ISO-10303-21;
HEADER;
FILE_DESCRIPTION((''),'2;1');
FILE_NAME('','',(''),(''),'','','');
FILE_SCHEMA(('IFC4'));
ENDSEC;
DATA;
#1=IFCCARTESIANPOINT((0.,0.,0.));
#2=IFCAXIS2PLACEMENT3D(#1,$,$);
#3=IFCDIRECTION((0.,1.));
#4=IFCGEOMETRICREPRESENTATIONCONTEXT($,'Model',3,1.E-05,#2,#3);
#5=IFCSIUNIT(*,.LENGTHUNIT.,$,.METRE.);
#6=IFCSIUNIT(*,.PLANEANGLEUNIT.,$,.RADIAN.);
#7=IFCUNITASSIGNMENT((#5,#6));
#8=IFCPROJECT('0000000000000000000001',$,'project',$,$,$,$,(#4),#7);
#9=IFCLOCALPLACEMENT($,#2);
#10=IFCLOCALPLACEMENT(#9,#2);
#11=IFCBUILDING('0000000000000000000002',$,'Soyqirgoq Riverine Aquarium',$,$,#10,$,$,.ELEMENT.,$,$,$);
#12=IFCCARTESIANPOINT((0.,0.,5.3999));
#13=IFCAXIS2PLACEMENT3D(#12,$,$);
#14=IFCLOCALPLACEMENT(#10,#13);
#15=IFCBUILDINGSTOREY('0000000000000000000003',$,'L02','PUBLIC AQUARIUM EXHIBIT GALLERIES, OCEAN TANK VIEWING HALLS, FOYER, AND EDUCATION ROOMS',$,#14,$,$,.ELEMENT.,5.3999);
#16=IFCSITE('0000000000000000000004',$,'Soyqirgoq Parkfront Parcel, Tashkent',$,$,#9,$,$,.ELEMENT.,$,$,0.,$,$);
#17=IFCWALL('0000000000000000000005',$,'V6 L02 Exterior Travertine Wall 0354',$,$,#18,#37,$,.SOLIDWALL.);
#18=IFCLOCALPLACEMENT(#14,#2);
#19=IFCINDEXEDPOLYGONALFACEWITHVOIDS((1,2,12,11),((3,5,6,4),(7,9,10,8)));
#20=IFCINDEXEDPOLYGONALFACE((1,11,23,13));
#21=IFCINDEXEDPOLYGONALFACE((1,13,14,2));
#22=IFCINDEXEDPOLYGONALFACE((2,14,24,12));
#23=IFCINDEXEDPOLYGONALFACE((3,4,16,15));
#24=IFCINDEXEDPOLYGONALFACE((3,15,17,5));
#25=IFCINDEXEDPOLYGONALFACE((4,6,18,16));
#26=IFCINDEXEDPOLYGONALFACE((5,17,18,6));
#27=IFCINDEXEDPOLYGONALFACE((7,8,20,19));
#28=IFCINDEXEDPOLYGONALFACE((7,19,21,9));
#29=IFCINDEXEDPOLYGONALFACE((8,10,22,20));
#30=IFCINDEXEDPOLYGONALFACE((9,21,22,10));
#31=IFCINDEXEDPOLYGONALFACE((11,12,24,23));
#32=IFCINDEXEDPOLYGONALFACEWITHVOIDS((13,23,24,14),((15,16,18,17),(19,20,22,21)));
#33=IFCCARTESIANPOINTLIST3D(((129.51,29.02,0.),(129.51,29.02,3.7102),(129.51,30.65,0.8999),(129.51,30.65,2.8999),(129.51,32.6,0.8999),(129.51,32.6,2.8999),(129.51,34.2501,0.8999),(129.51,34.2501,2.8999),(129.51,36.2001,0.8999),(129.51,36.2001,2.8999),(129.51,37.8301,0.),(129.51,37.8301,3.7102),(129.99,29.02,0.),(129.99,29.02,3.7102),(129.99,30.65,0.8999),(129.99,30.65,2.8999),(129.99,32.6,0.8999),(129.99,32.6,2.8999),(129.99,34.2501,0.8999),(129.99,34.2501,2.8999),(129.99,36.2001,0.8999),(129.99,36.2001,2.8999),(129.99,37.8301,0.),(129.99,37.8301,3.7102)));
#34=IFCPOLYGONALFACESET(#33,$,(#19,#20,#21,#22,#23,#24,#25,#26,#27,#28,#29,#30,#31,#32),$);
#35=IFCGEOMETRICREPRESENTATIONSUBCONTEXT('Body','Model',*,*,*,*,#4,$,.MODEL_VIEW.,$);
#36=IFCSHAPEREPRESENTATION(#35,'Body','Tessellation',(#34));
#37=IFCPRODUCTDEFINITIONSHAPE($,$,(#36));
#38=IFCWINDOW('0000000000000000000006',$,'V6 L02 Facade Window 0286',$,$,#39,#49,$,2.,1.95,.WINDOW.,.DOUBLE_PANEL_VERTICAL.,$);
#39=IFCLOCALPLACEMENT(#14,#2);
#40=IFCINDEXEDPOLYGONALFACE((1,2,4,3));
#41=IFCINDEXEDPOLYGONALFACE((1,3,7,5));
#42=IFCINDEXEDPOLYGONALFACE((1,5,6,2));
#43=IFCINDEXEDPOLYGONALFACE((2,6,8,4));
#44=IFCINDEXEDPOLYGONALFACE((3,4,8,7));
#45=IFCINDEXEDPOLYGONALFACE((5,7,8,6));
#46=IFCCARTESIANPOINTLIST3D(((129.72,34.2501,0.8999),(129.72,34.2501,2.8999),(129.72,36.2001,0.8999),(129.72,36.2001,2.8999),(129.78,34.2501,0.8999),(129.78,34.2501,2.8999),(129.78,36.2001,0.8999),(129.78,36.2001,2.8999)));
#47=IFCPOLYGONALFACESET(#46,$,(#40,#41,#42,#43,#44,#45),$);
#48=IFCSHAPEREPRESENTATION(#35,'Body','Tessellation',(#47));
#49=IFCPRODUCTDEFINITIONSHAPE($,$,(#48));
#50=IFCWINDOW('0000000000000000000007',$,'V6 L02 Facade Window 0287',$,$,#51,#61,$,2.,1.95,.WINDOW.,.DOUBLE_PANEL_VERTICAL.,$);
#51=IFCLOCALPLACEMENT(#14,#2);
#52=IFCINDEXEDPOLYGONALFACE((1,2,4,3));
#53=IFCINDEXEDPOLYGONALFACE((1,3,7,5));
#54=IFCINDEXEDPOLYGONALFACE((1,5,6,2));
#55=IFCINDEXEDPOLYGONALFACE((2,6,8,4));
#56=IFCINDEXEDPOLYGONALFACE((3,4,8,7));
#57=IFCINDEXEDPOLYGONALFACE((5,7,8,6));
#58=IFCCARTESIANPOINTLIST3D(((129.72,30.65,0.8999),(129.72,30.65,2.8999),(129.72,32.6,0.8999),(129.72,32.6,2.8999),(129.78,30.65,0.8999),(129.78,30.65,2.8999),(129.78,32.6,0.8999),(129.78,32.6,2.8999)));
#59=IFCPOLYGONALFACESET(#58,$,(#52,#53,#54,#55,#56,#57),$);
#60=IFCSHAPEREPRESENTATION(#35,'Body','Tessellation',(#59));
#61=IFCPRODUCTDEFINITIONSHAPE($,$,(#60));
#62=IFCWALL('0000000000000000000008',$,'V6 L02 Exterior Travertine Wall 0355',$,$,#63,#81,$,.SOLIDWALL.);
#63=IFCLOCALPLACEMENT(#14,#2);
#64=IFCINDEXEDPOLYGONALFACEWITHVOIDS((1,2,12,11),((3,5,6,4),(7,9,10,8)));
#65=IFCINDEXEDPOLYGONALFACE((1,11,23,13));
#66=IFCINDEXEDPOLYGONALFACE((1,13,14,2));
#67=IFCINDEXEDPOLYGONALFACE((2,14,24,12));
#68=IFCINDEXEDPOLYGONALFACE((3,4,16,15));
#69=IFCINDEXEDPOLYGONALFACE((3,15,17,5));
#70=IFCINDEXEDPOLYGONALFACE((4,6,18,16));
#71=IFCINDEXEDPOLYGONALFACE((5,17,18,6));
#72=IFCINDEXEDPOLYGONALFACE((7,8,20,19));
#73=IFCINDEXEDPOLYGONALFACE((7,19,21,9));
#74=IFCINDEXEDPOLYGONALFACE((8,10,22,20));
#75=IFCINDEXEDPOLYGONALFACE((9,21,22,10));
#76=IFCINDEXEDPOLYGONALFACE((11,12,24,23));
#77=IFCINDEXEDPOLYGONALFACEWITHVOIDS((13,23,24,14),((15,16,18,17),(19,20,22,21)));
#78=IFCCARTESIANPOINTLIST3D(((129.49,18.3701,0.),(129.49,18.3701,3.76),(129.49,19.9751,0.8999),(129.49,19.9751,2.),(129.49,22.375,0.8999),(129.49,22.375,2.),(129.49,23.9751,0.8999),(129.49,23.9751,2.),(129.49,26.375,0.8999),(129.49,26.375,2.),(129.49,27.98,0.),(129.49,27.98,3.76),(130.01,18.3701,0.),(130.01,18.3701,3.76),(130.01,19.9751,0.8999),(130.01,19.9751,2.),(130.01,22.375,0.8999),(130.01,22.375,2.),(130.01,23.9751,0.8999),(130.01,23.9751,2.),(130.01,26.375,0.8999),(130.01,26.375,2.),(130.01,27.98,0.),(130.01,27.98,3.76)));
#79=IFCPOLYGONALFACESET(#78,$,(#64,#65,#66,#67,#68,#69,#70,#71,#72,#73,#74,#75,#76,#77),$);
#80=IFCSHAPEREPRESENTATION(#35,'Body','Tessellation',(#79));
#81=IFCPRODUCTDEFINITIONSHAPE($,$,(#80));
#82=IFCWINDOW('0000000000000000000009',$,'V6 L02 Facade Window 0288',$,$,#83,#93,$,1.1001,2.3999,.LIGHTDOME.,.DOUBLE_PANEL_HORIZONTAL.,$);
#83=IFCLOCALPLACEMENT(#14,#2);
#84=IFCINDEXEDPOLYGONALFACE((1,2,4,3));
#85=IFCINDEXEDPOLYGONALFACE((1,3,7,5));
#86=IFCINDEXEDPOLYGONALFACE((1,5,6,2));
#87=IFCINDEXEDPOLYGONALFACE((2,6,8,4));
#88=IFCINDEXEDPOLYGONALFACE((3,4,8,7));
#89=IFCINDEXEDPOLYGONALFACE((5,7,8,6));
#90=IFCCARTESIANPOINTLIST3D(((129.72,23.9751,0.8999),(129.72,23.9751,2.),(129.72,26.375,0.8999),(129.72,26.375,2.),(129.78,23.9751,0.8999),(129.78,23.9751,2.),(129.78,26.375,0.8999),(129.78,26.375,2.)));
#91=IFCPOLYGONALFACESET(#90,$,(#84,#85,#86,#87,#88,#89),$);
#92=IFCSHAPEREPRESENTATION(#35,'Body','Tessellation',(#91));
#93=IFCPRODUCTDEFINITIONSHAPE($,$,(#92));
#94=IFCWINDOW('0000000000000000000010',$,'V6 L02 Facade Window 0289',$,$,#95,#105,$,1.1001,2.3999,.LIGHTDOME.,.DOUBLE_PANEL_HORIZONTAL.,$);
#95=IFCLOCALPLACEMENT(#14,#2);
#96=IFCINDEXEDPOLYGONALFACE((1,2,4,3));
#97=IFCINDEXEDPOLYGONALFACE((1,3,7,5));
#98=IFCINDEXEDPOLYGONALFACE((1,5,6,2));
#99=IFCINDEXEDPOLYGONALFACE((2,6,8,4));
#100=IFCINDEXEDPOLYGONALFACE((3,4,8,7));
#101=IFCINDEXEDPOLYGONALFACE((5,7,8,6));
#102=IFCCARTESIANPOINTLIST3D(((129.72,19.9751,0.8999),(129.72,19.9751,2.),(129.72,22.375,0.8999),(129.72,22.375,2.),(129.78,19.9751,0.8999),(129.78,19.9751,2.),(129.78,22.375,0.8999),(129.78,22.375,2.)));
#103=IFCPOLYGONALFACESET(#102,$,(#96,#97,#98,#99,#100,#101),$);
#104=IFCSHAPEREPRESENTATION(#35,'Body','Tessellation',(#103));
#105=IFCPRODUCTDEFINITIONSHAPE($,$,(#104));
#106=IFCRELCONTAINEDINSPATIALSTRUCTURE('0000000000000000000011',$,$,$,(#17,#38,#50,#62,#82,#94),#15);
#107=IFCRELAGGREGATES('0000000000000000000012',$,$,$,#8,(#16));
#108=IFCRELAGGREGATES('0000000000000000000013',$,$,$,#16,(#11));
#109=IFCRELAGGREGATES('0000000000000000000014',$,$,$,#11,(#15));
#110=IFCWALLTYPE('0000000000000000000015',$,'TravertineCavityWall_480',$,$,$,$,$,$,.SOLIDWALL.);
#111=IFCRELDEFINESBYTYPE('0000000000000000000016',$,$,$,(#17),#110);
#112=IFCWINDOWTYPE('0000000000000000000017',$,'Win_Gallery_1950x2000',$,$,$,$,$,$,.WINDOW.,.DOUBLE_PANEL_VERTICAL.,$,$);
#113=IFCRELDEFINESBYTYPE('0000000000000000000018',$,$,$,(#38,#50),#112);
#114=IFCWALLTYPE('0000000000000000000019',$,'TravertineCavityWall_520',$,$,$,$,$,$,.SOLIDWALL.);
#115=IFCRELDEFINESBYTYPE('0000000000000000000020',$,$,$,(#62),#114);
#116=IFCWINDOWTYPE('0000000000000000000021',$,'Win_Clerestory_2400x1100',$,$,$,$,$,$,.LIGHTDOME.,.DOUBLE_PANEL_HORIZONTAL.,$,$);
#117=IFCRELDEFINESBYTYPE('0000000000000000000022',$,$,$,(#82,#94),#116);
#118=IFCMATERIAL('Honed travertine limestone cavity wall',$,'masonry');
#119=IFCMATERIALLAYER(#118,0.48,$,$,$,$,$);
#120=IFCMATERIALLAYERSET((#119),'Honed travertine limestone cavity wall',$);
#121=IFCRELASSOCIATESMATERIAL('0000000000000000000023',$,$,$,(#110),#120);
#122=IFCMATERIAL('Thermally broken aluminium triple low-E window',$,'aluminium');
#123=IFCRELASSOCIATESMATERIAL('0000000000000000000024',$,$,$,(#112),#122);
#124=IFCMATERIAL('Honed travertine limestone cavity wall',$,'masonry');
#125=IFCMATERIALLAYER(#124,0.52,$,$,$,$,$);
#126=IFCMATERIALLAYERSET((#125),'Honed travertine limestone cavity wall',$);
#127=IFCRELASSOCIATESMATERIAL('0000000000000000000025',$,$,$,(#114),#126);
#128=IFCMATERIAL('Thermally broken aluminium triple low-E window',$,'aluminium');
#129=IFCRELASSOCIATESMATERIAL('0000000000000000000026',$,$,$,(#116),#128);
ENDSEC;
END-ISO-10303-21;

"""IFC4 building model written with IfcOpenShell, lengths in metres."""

from ifc_helpers import new_model, si_unit, direction, frame, frame_2d, origin, place, context, subcontext, project, spatial, rectangle, extrude, material, layer, layer_set, type_object, element, fill, save


model = new_model("IFC4")

# Units and contexts
model_context = context("Model", 3, precision=1e-05, world=origin(), true_north=direction((0.0, 1.0)))
body_context = subcontext(model_context, "Body", "Model", "MODEL_VIEW")
ifc_project = project(units=[si_unit("LENGTHUNIT", "METRE"), si_unit("PLANEANGLEUNIT", "RADIAN")], contexts=[model_context])

# Site, building, storey
site_placement = place(None, origin())
site = spatial("IfcSite", under=ifc_project, at=site_placement, Name="Soyqirgoq Parkfront Parcel, Tashkent", CompositionType="ELEMENT", RefElevation=0.0)
building_placement = place(site_placement, origin())
building = spatial("IfcBuilding", under=site, at=building_placement, Name="Soyqirgoq Riverine Aquarium", CompositionType="ELEMENT")
storey_placement = place(building_placement, frame((0.0, 0.0, 5.3999)))
storey = spatial("IfcBuildingStorey", under=building, at=storey_placement, Name="L02", Description="PUBLIC AQUARIUM EXHIBIT GALLERIES, OCEAN TANK VIEWING HALLS, FOYER, AND EDUCATION ROOMS", CompositionType="ELEMENT", Elevation=5.3999)

# Walls, openings, windows
ifc_material_1 = material(Name="Honed travertine limestone cavity wall", Category="masonry")
ifc_layer_1 = layer(ifc_material_1, 0.48)
ifc_layer_set_1 = layer_set([ifc_layer_1], Name="Honed travertine limestone cavity wall")
wall_type_1 = type_object("IfcWallType", Name="TravertineCavityWall_480", PredefinedType="SOLIDWALL", material=ifc_layer_set_1)
wall_1_placement = place(storey_placement, frame((129.75, 37.8301, 0.0), z_axis=(0.0, 0.0, 1.0), x_axis=(0.0, -1.0, 0.0)))
wall_1 = element("IfcWall", 1, at=wall_1_placement, inside=storey, type_object=wall_type_1, Name="V6 L02 Exterior Travertine Wall 0354", PredefinedType="SOLIDWALL", context=body_context, shape_type="SweptSolid", body=[
    extrude(rectangle(XDim=8.8101, YDim=0.48, at=frame_2d((4.405, 0.0))), origin(), (0.0, 0.0, 1.0), 3.7102),
])
opening_1_placement = place(wall_1_placement, frame((1.6299, 0.0, 0.8999)))
opening_1 = element("IfcOpeningElement", 2, at=opening_1_placement, cuts=wall_1, PredefinedType="OPENING", context=body_context, shape_type="SweptSolid", body=[
    extrude(rectangle(XDim=1.95, YDim=2.0, at=frame_2d((0.9751, 1.0))), frame((0.0, 0.25, 0.0), z_axis=(0.0, -1.0, 0.0), x_axis=(1.0, 0.0, 0.0)), (0.0, 0.0, 1.0), 0.5),
])
opening_2_placement = place(wall_1_placement, frame((5.23, 0.0, 0.8999)))
opening_2 = element("IfcOpeningElement", 3, at=opening_2_placement, cuts=wall_1, PredefinedType="OPENING", context=body_context, shape_type="SweptSolid", body=[
    extrude(rectangle(XDim=1.95, YDim=2.0, at=frame_2d((0.9751, 1.0))), frame((0.0, 0.25, 0.0), z_axis=(0.0, -1.0, 0.0), x_axis=(1.0, 0.0, 0.0)), (0.0, 0.0, 1.0), 0.5),
])
ifc_material_2 = material(Name="Thermally broken aluminium triple low-E window", Category="aluminium")
window_type_1 = type_object("IfcWindowType", Name="Win_Gallery_1950x2000", PartitioningType="DOUBLE_PANEL_VERTICAL", PredefinedType="WINDOW", material=ifc_material_2)
window_1_placement = place(opening_1_placement, origin())
window_1 = element("IfcWindow", 4, at=window_1_placement, inside=storey, type_object=window_type_1, Name="V6 L02 Facade Window 0286", OverallHeight=2.0, OverallWidth=1.95, PartitioningType="DOUBLE_PANEL_VERTICAL", PredefinedType="WINDOW", context=body_context, shape_type="SweptSolid", body=[
    extrude(rectangle(XDim=1.95, YDim=2.0, at=frame_2d((0.9751, 1.0))), frame((0.0, 0.03, 0.0), z_axis=(0.0, -1.0, 0.0), x_axis=(1.0, 0.0, 0.0)), (0.0, 0.0, 1.0), 0.0601),
])
fill(opening_1, window_1)
window_2_placement = place(opening_2_placement, origin())
window_2 = element("IfcWindow", 5, at=window_2_placement, inside=storey, type_object=window_type_1, Name="V6 L02 Facade Window 0287", OverallHeight=2.0, OverallWidth=1.95, PartitioningType="DOUBLE_PANEL_VERTICAL", PredefinedType="WINDOW", context=body_context, shape_type="SweptSolid", body=[
    extrude(rectangle(XDim=1.95, YDim=2.0, at=frame_2d((0.9751, 1.0))), frame((0.0, 0.03, 0.0), z_axis=(0.0, -1.0, 0.0), x_axis=(1.0, 0.0, 0.0)), (0.0, 0.0, 1.0), 0.0601),
])
fill(opening_2, window_2)
ifc_material_3 = material(Name="Honed travertine limestone cavity wall", Category="masonry")
ifc_layer_2 = layer(ifc_material_3, 0.52)
ifc_layer_set_2 = layer_set([ifc_layer_2], Name="Honed travertine limestone cavity wall")
wall_type_2 = type_object("IfcWallType", Name="TravertineCavityWall_520", PredefinedType="SOLIDWALL", material=ifc_layer_set_2)
wall_2_placement = place(storey_placement, frame((129.75, 27.98, 0.0), z_axis=(0.0, 0.0, 1.0), x_axis=(0.0, -1.0, 0.0)))
wall_2 = element("IfcWall", 6, at=wall_2_placement, inside=storey, type_object=wall_type_2, Name="V6 L02 Exterior Travertine Wall 0355", PredefinedType="SOLIDWALL", context=body_context, shape_type="SweptSolid", body=[
    extrude(rectangle(XDim=9.6099, YDim=0.52, at=frame_2d((4.8049, 0.0))), origin(), (0.0, 0.0, 1.0), 3.76),
])
opening_3_placement = place(wall_2_placement, frame((1.605, 0.0, 0.8999)))
opening_3 = element("IfcOpeningElement", 7, at=opening_3_placement, cuts=wall_2, PredefinedType="OPENING", context=body_context, shape_type="SweptSolid", body=[
    extrude(rectangle(XDim=2.3999, YDim=1.1001, at=frame_2d((1.2, 0.55))), frame((0.0, 0.27, 0.0), z_axis=(0.0, -1.0, 0.0), x_axis=(1.0, 0.0, 0.0)), (0.0, 0.0, 1.0), 0.54),
])
opening_4_placement = place(wall_2_placement, frame((5.605, 0.0, 0.8999)))
opening_4 = element("IfcOpeningElement", 8, at=opening_4_placement, cuts=wall_2, PredefinedType="OPENING", context=body_context, shape_type="SweptSolid", body=[
    extrude(rectangle(XDim=2.3999, YDim=1.1001, at=frame_2d((1.2, 0.55))), frame((0.0, 0.27, 0.0), z_axis=(0.0, -1.0, 0.0), x_axis=(1.0, 0.0, 0.0)), (0.0, 0.0, 1.0), 0.54),
])
ifc_material_4 = material(Name="Thermally broken aluminium triple low-E window", Category="aluminium")
window_type_2 = type_object("IfcWindowType", Name="Win_Clerestory_2400x1100", PartitioningType="DOUBLE_PANEL_HORIZONTAL", PredefinedType="LIGHTDOME", material=ifc_material_4)
window_3_placement = place(opening_3_placement, origin())
window_3 = element("IfcWindow", 9, at=window_3_placement, inside=storey, type_object=window_type_2, Name="V6 L02 Facade Window 0288", OverallHeight=1.1001, OverallWidth=2.3999, PartitioningType="DOUBLE_PANEL_HORIZONTAL", PredefinedType="LIGHTDOME", context=body_context, shape_type="SweptSolid", body=[
    extrude(rectangle(XDim=2.3999, YDim=1.1001, at=frame_2d((1.2, 0.55))), frame((0.0, 0.03, 0.0), z_axis=(0.0, -1.0, 0.0), x_axis=(1.0, 0.0, 0.0)), (0.0, 0.0, 1.0), 0.0601),
])
fill(opening_3, window_3)
window_4_placement = place(opening_4_placement, origin())
window_4 = element("IfcWindow", 10, at=window_4_placement, inside=storey, type_object=window_type_2, Name="V6 L02 Facade Window 0289", OverallHeight=1.1001, OverallWidth=2.3999, PartitioningType="DOUBLE_PANEL_HORIZONTAL", PredefinedType="LIGHTDOME", context=body_context, shape_type="SweptSolid", body=[
    extrude(rectangle(XDim=2.3999, YDim=1.1001, at=frame_2d((1.2, 0.55))), frame((0.0, 0.03, 0.0), z_axis=(0.0, -1.0, 0.0), x_axis=(1.0, 0.0, 0.0)), (0.0, 0.0, 1.0), 0.0601),
])
fill(opening_4, window_4)

save(model, "model.ifc")
